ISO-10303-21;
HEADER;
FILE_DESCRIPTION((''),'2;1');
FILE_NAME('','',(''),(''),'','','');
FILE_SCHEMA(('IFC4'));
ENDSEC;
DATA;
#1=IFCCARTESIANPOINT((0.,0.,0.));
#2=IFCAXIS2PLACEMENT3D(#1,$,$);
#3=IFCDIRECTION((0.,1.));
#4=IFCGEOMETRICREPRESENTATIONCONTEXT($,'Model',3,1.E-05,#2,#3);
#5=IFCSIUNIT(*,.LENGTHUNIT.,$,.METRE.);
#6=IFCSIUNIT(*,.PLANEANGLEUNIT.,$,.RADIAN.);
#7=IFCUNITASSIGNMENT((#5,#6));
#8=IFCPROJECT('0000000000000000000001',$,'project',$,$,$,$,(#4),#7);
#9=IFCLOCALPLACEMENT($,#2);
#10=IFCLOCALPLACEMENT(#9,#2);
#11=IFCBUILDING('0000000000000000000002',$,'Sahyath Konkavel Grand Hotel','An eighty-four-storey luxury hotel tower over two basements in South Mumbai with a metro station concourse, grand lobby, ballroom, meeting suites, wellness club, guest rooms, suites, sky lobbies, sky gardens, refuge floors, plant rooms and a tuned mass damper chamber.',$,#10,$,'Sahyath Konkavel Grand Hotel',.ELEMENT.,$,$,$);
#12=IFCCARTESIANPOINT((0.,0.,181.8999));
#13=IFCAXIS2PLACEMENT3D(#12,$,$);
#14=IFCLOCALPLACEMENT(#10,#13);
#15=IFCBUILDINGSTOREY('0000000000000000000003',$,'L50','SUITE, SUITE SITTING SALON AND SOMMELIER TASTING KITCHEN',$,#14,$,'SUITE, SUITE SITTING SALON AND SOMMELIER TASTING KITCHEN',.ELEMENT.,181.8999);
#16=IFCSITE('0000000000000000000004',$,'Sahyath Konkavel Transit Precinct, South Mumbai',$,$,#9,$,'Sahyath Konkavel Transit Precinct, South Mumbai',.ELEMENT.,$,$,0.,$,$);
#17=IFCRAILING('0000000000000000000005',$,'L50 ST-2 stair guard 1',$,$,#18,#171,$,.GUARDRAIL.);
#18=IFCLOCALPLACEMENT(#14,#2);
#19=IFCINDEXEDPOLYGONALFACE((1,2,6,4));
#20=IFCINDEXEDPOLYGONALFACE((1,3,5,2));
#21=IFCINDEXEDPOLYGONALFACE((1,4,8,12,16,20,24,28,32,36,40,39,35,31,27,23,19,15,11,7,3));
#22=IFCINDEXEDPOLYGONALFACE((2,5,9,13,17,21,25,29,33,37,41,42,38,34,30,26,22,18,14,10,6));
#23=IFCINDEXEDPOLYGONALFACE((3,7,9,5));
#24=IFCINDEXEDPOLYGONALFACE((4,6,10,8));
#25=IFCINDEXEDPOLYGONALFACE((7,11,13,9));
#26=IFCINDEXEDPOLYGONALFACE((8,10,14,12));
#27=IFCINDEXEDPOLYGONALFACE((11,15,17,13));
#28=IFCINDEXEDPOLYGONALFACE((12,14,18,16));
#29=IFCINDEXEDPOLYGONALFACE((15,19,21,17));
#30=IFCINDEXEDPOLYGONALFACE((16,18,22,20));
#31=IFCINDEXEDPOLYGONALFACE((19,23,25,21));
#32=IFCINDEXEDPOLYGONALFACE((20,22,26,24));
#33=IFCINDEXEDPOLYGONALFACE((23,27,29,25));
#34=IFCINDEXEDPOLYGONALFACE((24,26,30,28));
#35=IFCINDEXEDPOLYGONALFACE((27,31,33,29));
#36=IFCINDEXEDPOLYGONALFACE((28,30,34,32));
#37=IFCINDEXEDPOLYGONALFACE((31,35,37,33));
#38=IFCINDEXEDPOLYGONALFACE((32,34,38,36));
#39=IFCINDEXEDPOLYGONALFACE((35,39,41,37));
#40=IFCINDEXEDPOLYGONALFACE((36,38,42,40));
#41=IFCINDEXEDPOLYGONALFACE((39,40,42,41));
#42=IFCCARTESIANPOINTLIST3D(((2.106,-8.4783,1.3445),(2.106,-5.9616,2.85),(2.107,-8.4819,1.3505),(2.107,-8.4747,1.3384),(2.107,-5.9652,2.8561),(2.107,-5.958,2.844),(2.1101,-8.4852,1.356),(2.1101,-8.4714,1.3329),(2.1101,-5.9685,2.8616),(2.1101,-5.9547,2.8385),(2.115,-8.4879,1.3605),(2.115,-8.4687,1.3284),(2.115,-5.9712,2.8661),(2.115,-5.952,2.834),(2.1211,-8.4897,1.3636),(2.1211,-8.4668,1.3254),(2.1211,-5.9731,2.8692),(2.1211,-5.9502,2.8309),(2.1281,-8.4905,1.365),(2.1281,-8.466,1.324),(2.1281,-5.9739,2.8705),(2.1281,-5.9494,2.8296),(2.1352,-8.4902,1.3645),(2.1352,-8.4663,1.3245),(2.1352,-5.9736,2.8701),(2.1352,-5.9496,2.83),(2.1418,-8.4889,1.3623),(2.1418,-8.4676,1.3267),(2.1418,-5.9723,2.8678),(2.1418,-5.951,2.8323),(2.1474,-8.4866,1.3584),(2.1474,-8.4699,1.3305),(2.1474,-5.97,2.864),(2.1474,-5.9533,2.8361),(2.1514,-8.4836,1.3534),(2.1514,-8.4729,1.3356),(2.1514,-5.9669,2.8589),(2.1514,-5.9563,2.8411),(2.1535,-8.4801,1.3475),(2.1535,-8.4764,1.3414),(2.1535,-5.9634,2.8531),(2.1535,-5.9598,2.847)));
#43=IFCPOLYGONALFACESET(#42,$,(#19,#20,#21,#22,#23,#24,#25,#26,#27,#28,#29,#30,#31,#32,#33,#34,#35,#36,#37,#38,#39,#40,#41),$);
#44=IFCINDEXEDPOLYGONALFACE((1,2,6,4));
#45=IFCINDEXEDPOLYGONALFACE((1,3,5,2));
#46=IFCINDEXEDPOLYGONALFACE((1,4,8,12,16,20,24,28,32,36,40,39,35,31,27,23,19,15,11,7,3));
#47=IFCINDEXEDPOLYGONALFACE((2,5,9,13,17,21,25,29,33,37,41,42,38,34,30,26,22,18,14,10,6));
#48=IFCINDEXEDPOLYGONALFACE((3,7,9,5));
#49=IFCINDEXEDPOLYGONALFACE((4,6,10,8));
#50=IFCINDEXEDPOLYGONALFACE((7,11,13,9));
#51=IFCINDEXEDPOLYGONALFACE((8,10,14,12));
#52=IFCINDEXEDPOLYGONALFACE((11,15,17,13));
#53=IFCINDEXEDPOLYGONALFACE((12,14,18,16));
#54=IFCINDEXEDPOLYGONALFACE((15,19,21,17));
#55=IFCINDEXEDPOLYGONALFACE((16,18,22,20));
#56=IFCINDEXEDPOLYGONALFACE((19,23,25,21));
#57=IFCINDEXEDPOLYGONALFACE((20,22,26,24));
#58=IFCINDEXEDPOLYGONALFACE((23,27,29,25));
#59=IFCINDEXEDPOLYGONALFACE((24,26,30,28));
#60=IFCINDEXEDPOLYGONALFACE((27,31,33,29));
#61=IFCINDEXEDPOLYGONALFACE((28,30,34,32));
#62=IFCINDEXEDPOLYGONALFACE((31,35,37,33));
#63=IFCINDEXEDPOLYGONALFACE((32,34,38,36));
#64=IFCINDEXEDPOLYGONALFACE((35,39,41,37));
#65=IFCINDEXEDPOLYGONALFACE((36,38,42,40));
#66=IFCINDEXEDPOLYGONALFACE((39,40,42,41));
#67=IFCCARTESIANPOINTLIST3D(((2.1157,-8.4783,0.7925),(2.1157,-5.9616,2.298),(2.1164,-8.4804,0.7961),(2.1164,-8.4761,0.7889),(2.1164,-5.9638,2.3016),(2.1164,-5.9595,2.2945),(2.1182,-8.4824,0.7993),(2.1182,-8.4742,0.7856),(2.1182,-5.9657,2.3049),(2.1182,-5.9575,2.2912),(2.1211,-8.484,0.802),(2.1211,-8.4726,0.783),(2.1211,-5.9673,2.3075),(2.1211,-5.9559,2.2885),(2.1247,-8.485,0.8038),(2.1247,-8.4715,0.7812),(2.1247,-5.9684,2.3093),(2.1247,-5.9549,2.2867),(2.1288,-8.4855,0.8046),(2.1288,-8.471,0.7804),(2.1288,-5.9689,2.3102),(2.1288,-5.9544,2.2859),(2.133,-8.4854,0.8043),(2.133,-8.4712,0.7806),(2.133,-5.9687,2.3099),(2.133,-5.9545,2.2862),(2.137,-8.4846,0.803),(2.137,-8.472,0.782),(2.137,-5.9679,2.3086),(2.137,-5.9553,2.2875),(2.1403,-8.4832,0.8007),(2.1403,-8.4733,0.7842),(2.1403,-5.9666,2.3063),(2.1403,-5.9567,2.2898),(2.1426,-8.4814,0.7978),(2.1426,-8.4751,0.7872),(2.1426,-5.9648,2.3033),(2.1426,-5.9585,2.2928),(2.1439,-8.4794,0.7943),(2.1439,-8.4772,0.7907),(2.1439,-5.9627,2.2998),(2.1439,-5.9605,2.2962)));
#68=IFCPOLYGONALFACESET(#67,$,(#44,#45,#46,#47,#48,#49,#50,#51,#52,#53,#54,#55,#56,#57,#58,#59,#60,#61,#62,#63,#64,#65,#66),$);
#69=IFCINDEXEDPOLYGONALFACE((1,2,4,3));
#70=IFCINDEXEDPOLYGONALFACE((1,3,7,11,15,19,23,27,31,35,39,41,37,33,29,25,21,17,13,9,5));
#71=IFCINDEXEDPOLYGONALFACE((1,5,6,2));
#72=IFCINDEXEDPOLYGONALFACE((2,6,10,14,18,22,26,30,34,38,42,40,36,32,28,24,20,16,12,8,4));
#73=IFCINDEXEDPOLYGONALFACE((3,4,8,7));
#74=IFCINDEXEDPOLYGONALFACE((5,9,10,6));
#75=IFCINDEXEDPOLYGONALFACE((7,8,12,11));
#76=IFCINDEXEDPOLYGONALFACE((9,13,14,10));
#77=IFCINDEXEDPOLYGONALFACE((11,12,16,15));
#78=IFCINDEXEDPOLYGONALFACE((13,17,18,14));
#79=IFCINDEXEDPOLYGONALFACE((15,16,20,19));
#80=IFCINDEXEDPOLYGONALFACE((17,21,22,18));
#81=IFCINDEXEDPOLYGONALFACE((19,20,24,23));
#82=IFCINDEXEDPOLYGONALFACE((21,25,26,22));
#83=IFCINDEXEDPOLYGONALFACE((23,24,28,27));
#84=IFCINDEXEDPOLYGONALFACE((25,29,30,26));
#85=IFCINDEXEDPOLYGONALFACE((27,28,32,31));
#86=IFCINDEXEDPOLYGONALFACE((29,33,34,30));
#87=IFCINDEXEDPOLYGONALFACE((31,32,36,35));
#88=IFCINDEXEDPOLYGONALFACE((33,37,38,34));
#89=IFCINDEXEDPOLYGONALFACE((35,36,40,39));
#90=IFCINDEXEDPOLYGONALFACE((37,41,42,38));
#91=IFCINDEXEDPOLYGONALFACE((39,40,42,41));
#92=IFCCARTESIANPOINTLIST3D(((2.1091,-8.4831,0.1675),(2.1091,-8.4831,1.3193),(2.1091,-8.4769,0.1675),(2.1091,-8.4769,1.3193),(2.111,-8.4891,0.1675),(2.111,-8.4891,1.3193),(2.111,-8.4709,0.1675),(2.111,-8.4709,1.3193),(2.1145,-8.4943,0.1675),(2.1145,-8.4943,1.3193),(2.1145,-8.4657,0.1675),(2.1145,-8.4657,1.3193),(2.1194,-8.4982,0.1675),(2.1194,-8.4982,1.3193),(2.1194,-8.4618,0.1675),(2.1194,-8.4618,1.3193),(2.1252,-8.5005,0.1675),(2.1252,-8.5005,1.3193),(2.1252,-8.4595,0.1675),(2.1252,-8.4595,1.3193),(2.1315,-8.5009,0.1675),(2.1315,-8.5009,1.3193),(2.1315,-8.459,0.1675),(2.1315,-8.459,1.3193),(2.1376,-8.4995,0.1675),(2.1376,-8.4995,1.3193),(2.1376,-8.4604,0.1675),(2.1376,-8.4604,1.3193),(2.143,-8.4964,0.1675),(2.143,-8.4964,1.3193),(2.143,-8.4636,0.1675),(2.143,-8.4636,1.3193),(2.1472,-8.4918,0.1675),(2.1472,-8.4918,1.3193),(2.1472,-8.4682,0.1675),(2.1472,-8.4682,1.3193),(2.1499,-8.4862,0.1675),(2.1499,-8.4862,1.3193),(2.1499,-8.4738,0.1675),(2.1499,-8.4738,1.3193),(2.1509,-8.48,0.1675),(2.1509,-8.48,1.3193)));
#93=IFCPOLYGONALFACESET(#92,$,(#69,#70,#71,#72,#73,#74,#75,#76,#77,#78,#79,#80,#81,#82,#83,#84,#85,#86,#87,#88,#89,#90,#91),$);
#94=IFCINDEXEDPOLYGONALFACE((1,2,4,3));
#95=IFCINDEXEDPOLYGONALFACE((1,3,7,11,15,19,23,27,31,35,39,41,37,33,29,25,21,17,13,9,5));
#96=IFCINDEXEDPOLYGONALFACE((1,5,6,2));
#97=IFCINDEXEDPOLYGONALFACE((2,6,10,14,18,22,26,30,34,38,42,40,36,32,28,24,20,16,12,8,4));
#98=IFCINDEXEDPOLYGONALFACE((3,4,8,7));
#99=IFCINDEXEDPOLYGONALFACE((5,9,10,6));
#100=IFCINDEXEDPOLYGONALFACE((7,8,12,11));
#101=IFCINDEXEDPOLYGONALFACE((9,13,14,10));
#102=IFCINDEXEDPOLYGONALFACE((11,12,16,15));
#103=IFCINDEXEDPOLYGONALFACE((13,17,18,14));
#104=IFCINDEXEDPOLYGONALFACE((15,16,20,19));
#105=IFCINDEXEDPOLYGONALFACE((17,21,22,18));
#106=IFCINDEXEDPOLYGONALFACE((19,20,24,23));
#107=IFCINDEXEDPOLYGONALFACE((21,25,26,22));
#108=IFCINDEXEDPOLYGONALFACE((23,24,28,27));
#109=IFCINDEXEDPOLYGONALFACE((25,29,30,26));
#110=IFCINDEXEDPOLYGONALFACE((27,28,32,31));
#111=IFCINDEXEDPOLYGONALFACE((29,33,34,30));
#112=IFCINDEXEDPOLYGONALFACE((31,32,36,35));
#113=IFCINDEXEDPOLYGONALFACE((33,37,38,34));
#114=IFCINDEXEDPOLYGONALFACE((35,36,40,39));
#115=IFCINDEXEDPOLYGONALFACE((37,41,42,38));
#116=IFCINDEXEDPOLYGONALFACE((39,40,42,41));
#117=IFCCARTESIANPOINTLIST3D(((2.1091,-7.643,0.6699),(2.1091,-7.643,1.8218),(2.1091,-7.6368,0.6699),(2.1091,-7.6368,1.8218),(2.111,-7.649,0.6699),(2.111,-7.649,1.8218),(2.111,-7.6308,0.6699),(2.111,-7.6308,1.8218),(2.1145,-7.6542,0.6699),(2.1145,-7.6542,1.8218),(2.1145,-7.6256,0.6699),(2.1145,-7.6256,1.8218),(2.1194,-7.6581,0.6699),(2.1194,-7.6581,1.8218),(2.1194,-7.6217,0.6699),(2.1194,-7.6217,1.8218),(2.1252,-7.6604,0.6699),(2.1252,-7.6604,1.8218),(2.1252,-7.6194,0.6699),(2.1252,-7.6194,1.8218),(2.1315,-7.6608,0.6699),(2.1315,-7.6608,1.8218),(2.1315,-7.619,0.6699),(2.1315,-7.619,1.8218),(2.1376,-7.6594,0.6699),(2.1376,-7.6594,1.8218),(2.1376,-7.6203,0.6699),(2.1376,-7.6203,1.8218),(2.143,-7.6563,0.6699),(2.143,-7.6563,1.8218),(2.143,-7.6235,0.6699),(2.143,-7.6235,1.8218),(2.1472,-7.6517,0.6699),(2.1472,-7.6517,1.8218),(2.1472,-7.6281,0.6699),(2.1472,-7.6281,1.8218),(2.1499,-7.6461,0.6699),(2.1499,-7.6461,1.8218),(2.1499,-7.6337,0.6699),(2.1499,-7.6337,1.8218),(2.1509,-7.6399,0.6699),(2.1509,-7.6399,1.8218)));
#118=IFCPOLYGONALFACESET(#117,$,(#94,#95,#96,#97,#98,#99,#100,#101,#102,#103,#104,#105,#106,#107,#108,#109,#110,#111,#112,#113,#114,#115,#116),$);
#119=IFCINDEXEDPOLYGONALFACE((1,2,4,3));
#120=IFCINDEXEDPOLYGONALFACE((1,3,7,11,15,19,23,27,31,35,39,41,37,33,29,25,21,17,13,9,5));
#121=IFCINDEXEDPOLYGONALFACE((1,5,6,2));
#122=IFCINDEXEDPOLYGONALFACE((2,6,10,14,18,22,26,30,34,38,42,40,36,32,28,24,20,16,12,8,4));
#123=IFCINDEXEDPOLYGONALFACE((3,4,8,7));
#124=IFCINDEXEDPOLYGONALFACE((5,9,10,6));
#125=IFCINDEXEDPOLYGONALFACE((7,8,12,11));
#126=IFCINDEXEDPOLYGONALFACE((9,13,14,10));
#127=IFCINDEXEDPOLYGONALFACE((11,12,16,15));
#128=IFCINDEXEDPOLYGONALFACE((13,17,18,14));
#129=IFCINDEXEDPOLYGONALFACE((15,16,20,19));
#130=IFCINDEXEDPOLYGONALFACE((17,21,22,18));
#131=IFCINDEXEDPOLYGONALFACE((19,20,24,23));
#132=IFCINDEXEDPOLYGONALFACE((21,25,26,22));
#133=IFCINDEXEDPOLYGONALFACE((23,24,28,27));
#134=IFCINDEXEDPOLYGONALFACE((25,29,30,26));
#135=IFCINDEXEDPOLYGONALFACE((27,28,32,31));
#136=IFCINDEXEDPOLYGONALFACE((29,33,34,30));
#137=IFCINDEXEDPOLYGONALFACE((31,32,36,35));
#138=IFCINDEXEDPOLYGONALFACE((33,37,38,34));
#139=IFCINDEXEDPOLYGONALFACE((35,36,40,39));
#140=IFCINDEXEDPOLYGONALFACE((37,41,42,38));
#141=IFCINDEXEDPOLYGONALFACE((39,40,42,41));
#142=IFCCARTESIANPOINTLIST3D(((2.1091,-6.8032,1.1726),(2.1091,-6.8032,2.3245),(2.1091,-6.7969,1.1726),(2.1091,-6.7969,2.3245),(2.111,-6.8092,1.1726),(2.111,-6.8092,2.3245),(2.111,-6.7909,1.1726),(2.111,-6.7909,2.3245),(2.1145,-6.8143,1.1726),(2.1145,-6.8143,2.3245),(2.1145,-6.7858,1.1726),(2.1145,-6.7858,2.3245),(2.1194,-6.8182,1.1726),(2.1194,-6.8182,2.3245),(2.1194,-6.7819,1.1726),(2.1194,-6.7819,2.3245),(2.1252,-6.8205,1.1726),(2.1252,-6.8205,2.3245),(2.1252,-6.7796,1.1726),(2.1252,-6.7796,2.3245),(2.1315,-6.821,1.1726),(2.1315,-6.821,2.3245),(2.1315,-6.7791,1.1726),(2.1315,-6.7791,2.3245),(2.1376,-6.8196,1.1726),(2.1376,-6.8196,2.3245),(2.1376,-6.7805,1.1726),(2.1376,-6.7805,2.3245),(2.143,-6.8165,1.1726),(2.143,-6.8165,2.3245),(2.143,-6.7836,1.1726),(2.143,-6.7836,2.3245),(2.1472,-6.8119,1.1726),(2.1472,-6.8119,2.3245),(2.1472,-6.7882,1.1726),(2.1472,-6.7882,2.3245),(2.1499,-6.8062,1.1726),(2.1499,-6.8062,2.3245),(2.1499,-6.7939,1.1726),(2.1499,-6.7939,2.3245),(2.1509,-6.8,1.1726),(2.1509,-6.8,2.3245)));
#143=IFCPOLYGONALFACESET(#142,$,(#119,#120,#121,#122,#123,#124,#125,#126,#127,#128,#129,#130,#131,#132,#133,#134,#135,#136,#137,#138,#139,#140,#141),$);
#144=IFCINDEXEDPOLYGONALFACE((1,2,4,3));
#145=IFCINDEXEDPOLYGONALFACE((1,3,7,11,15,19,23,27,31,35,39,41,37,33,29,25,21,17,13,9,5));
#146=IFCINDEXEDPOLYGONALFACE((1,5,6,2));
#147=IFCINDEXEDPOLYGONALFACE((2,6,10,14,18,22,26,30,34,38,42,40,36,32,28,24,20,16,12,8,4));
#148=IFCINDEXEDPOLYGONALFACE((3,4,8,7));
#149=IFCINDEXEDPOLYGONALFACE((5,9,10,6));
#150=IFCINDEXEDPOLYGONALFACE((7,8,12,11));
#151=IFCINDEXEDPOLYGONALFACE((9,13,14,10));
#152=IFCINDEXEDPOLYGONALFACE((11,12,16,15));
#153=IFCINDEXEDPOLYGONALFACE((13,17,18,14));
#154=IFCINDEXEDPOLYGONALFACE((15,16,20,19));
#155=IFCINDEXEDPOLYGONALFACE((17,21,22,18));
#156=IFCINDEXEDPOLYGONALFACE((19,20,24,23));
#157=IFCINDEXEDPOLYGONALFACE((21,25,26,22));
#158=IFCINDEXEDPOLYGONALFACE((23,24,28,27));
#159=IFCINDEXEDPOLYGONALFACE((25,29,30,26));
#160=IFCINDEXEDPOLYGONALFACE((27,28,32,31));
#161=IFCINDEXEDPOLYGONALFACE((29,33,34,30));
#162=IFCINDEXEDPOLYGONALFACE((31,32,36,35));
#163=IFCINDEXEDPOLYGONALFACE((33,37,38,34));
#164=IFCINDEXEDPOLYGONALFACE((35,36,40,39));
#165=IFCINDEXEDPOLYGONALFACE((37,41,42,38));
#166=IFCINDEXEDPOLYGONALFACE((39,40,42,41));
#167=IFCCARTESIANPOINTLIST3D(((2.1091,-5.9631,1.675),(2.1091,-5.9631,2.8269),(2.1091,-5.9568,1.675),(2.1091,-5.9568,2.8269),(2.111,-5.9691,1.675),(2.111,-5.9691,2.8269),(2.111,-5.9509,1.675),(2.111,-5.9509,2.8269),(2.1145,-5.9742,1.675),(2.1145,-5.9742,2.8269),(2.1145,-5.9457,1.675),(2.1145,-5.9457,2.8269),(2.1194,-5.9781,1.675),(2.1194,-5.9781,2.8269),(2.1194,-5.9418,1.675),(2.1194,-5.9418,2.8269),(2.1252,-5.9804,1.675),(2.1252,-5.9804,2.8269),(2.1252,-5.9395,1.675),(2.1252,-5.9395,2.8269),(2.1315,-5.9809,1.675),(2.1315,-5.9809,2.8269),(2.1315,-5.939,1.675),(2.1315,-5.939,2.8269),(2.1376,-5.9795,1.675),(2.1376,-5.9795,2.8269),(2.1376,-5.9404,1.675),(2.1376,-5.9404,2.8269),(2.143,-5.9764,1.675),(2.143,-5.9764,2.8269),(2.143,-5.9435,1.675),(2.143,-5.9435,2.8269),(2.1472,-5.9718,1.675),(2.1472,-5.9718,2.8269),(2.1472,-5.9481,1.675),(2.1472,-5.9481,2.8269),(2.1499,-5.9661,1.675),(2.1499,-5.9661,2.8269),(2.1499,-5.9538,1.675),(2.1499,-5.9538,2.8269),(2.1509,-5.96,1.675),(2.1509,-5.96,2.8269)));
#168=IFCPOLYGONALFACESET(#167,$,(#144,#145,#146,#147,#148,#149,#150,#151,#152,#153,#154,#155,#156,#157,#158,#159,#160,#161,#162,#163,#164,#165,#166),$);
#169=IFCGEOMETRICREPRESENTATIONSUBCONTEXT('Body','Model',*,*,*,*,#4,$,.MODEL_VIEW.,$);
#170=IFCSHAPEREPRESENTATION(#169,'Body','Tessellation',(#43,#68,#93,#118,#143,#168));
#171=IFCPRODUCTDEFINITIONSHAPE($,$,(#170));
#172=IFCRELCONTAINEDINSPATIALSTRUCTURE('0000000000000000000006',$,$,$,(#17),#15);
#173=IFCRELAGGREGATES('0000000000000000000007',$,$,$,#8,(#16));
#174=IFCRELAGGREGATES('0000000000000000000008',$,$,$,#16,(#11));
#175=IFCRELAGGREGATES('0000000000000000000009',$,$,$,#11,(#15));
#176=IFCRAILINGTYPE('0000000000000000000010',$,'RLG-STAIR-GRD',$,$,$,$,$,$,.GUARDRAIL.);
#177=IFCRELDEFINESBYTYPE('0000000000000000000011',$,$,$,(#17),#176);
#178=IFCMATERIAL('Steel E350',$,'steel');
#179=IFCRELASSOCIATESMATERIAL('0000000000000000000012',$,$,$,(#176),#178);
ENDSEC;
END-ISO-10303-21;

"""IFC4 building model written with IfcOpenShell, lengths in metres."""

from ifc_helpers import new_model, si_unit, direction, frame, origin, origin_2d, place, context, subcontext, project, spatial, circle, extrude, material, type_object, element, save


model = new_model("IFC4")

# Units and contexts
model_context = context("Model", 3, precision=1e-05, world=origin(), true_north=direction((0.0, 1.0)))
body_context = subcontext(model_context, "Body", "Model", "MODEL_VIEW")
ifc_project = project(units=[si_unit("LENGTHUNIT", "METRE"), si_unit("PLANEANGLEUNIT", "RADIAN")], contexts=[model_context])

# Site, building, storey
site_placement = place(None, origin())
site = spatial("IfcSite", under=ifc_project, at=site_placement, Name="Sahyath Konkavel Transit Precinct, South Mumbai", LongName="Sahyath Konkavel Transit Precinct, South Mumbai", CompositionType="ELEMENT", RefElevation=0.0)
building_placement = place(site_placement, origin())
building = spatial("IfcBuilding", under=site, at=building_placement, Name="Sahyath Konkavel Grand Hotel", Description="An eighty-four-storey luxury hotel tower over two basements in South Mumbai with a metro station concourse, grand lobby, ballroom, meeting suites, wellness club, guest rooms, suites, sky lobbies, sky gardens, refuge floors, plant rooms and a tuned mass damper chamber.", LongName="Sahyath Konkavel Grand Hotel", CompositionType="ELEMENT")
storey_placement = place(building_placement, frame((0.0, 0.0, 181.8999)))
storey = spatial("IfcBuildingStorey", under=building, at=storey_placement, Name="L50", Description="SUITE, SUITE SITTING SALON AND SOMMELIER TASTING KITCHEN", LongName="SUITE, SUITE SITTING SALON AND SOMMELIER TASTING KITCHEN", CompositionType="ELEMENT", Elevation=181.8999)

# Shared definitions
ifc_material_1 = material(Name="Steel E350", Category="steel")

# Railing
railing_type_1 = type_object("IfcRailingType", Name="RLG-STAIR-GRD", PredefinedType="GUARDRAIL", material=ifc_material_1)
railing_1_placement = place(storey_placement, frame((2.1299, -8.48, 0.1675)))
element("IfcRailing", 1, at=railing_1_placement, inside=storey, type_object=railing_type_1, Name="L50 ST-2 stair guard 1", PredefinedType="GUARDRAIL", context=body_context, shape_type="SweptSolid", body=[
    extrude(circle(Radius=0.0239, at=origin_2d()), frame((0.0, 0.0017, 1.177), z_axis=(0.0, 0.85816, 0.513383), x_axis=(-1.0, 0.0, 0.0)), (0.0, 0.0, 1.0), 2.9326),
    extrude(circle(Radius=0.0142, at=origin_2d()), frame((0.0, 0.0017, 0.625), z_axis=(0.0, 0.85816, 0.513383), x_axis=(-1.0, 0.0, 0.0)), (0.0, 0.0, 1.0), 2.9326),
    extrude(circle(Radius=0.021, at=origin_2d()), origin(), (0.0, 0.0, 1.0), 1.1519),
    extrude(circle(Radius=0.021, at=origin_2d()), frame((0.0, 0.8401, 0.5024)), (0.0, 0.0, 1.0), 1.1519),
    extrude(circle(Radius=0.021, at=origin_2d()), frame((0.0, 1.6799, 1.0051)), (0.0, 0.0, 1.0), 1.1519),
    extrude(circle(Radius=0.021, at=origin_2d()), frame((0.0, 2.52, 1.5076)), (0.0, 0.0, 1.0), 1.1519),
])

save(model, "model.ifc")
